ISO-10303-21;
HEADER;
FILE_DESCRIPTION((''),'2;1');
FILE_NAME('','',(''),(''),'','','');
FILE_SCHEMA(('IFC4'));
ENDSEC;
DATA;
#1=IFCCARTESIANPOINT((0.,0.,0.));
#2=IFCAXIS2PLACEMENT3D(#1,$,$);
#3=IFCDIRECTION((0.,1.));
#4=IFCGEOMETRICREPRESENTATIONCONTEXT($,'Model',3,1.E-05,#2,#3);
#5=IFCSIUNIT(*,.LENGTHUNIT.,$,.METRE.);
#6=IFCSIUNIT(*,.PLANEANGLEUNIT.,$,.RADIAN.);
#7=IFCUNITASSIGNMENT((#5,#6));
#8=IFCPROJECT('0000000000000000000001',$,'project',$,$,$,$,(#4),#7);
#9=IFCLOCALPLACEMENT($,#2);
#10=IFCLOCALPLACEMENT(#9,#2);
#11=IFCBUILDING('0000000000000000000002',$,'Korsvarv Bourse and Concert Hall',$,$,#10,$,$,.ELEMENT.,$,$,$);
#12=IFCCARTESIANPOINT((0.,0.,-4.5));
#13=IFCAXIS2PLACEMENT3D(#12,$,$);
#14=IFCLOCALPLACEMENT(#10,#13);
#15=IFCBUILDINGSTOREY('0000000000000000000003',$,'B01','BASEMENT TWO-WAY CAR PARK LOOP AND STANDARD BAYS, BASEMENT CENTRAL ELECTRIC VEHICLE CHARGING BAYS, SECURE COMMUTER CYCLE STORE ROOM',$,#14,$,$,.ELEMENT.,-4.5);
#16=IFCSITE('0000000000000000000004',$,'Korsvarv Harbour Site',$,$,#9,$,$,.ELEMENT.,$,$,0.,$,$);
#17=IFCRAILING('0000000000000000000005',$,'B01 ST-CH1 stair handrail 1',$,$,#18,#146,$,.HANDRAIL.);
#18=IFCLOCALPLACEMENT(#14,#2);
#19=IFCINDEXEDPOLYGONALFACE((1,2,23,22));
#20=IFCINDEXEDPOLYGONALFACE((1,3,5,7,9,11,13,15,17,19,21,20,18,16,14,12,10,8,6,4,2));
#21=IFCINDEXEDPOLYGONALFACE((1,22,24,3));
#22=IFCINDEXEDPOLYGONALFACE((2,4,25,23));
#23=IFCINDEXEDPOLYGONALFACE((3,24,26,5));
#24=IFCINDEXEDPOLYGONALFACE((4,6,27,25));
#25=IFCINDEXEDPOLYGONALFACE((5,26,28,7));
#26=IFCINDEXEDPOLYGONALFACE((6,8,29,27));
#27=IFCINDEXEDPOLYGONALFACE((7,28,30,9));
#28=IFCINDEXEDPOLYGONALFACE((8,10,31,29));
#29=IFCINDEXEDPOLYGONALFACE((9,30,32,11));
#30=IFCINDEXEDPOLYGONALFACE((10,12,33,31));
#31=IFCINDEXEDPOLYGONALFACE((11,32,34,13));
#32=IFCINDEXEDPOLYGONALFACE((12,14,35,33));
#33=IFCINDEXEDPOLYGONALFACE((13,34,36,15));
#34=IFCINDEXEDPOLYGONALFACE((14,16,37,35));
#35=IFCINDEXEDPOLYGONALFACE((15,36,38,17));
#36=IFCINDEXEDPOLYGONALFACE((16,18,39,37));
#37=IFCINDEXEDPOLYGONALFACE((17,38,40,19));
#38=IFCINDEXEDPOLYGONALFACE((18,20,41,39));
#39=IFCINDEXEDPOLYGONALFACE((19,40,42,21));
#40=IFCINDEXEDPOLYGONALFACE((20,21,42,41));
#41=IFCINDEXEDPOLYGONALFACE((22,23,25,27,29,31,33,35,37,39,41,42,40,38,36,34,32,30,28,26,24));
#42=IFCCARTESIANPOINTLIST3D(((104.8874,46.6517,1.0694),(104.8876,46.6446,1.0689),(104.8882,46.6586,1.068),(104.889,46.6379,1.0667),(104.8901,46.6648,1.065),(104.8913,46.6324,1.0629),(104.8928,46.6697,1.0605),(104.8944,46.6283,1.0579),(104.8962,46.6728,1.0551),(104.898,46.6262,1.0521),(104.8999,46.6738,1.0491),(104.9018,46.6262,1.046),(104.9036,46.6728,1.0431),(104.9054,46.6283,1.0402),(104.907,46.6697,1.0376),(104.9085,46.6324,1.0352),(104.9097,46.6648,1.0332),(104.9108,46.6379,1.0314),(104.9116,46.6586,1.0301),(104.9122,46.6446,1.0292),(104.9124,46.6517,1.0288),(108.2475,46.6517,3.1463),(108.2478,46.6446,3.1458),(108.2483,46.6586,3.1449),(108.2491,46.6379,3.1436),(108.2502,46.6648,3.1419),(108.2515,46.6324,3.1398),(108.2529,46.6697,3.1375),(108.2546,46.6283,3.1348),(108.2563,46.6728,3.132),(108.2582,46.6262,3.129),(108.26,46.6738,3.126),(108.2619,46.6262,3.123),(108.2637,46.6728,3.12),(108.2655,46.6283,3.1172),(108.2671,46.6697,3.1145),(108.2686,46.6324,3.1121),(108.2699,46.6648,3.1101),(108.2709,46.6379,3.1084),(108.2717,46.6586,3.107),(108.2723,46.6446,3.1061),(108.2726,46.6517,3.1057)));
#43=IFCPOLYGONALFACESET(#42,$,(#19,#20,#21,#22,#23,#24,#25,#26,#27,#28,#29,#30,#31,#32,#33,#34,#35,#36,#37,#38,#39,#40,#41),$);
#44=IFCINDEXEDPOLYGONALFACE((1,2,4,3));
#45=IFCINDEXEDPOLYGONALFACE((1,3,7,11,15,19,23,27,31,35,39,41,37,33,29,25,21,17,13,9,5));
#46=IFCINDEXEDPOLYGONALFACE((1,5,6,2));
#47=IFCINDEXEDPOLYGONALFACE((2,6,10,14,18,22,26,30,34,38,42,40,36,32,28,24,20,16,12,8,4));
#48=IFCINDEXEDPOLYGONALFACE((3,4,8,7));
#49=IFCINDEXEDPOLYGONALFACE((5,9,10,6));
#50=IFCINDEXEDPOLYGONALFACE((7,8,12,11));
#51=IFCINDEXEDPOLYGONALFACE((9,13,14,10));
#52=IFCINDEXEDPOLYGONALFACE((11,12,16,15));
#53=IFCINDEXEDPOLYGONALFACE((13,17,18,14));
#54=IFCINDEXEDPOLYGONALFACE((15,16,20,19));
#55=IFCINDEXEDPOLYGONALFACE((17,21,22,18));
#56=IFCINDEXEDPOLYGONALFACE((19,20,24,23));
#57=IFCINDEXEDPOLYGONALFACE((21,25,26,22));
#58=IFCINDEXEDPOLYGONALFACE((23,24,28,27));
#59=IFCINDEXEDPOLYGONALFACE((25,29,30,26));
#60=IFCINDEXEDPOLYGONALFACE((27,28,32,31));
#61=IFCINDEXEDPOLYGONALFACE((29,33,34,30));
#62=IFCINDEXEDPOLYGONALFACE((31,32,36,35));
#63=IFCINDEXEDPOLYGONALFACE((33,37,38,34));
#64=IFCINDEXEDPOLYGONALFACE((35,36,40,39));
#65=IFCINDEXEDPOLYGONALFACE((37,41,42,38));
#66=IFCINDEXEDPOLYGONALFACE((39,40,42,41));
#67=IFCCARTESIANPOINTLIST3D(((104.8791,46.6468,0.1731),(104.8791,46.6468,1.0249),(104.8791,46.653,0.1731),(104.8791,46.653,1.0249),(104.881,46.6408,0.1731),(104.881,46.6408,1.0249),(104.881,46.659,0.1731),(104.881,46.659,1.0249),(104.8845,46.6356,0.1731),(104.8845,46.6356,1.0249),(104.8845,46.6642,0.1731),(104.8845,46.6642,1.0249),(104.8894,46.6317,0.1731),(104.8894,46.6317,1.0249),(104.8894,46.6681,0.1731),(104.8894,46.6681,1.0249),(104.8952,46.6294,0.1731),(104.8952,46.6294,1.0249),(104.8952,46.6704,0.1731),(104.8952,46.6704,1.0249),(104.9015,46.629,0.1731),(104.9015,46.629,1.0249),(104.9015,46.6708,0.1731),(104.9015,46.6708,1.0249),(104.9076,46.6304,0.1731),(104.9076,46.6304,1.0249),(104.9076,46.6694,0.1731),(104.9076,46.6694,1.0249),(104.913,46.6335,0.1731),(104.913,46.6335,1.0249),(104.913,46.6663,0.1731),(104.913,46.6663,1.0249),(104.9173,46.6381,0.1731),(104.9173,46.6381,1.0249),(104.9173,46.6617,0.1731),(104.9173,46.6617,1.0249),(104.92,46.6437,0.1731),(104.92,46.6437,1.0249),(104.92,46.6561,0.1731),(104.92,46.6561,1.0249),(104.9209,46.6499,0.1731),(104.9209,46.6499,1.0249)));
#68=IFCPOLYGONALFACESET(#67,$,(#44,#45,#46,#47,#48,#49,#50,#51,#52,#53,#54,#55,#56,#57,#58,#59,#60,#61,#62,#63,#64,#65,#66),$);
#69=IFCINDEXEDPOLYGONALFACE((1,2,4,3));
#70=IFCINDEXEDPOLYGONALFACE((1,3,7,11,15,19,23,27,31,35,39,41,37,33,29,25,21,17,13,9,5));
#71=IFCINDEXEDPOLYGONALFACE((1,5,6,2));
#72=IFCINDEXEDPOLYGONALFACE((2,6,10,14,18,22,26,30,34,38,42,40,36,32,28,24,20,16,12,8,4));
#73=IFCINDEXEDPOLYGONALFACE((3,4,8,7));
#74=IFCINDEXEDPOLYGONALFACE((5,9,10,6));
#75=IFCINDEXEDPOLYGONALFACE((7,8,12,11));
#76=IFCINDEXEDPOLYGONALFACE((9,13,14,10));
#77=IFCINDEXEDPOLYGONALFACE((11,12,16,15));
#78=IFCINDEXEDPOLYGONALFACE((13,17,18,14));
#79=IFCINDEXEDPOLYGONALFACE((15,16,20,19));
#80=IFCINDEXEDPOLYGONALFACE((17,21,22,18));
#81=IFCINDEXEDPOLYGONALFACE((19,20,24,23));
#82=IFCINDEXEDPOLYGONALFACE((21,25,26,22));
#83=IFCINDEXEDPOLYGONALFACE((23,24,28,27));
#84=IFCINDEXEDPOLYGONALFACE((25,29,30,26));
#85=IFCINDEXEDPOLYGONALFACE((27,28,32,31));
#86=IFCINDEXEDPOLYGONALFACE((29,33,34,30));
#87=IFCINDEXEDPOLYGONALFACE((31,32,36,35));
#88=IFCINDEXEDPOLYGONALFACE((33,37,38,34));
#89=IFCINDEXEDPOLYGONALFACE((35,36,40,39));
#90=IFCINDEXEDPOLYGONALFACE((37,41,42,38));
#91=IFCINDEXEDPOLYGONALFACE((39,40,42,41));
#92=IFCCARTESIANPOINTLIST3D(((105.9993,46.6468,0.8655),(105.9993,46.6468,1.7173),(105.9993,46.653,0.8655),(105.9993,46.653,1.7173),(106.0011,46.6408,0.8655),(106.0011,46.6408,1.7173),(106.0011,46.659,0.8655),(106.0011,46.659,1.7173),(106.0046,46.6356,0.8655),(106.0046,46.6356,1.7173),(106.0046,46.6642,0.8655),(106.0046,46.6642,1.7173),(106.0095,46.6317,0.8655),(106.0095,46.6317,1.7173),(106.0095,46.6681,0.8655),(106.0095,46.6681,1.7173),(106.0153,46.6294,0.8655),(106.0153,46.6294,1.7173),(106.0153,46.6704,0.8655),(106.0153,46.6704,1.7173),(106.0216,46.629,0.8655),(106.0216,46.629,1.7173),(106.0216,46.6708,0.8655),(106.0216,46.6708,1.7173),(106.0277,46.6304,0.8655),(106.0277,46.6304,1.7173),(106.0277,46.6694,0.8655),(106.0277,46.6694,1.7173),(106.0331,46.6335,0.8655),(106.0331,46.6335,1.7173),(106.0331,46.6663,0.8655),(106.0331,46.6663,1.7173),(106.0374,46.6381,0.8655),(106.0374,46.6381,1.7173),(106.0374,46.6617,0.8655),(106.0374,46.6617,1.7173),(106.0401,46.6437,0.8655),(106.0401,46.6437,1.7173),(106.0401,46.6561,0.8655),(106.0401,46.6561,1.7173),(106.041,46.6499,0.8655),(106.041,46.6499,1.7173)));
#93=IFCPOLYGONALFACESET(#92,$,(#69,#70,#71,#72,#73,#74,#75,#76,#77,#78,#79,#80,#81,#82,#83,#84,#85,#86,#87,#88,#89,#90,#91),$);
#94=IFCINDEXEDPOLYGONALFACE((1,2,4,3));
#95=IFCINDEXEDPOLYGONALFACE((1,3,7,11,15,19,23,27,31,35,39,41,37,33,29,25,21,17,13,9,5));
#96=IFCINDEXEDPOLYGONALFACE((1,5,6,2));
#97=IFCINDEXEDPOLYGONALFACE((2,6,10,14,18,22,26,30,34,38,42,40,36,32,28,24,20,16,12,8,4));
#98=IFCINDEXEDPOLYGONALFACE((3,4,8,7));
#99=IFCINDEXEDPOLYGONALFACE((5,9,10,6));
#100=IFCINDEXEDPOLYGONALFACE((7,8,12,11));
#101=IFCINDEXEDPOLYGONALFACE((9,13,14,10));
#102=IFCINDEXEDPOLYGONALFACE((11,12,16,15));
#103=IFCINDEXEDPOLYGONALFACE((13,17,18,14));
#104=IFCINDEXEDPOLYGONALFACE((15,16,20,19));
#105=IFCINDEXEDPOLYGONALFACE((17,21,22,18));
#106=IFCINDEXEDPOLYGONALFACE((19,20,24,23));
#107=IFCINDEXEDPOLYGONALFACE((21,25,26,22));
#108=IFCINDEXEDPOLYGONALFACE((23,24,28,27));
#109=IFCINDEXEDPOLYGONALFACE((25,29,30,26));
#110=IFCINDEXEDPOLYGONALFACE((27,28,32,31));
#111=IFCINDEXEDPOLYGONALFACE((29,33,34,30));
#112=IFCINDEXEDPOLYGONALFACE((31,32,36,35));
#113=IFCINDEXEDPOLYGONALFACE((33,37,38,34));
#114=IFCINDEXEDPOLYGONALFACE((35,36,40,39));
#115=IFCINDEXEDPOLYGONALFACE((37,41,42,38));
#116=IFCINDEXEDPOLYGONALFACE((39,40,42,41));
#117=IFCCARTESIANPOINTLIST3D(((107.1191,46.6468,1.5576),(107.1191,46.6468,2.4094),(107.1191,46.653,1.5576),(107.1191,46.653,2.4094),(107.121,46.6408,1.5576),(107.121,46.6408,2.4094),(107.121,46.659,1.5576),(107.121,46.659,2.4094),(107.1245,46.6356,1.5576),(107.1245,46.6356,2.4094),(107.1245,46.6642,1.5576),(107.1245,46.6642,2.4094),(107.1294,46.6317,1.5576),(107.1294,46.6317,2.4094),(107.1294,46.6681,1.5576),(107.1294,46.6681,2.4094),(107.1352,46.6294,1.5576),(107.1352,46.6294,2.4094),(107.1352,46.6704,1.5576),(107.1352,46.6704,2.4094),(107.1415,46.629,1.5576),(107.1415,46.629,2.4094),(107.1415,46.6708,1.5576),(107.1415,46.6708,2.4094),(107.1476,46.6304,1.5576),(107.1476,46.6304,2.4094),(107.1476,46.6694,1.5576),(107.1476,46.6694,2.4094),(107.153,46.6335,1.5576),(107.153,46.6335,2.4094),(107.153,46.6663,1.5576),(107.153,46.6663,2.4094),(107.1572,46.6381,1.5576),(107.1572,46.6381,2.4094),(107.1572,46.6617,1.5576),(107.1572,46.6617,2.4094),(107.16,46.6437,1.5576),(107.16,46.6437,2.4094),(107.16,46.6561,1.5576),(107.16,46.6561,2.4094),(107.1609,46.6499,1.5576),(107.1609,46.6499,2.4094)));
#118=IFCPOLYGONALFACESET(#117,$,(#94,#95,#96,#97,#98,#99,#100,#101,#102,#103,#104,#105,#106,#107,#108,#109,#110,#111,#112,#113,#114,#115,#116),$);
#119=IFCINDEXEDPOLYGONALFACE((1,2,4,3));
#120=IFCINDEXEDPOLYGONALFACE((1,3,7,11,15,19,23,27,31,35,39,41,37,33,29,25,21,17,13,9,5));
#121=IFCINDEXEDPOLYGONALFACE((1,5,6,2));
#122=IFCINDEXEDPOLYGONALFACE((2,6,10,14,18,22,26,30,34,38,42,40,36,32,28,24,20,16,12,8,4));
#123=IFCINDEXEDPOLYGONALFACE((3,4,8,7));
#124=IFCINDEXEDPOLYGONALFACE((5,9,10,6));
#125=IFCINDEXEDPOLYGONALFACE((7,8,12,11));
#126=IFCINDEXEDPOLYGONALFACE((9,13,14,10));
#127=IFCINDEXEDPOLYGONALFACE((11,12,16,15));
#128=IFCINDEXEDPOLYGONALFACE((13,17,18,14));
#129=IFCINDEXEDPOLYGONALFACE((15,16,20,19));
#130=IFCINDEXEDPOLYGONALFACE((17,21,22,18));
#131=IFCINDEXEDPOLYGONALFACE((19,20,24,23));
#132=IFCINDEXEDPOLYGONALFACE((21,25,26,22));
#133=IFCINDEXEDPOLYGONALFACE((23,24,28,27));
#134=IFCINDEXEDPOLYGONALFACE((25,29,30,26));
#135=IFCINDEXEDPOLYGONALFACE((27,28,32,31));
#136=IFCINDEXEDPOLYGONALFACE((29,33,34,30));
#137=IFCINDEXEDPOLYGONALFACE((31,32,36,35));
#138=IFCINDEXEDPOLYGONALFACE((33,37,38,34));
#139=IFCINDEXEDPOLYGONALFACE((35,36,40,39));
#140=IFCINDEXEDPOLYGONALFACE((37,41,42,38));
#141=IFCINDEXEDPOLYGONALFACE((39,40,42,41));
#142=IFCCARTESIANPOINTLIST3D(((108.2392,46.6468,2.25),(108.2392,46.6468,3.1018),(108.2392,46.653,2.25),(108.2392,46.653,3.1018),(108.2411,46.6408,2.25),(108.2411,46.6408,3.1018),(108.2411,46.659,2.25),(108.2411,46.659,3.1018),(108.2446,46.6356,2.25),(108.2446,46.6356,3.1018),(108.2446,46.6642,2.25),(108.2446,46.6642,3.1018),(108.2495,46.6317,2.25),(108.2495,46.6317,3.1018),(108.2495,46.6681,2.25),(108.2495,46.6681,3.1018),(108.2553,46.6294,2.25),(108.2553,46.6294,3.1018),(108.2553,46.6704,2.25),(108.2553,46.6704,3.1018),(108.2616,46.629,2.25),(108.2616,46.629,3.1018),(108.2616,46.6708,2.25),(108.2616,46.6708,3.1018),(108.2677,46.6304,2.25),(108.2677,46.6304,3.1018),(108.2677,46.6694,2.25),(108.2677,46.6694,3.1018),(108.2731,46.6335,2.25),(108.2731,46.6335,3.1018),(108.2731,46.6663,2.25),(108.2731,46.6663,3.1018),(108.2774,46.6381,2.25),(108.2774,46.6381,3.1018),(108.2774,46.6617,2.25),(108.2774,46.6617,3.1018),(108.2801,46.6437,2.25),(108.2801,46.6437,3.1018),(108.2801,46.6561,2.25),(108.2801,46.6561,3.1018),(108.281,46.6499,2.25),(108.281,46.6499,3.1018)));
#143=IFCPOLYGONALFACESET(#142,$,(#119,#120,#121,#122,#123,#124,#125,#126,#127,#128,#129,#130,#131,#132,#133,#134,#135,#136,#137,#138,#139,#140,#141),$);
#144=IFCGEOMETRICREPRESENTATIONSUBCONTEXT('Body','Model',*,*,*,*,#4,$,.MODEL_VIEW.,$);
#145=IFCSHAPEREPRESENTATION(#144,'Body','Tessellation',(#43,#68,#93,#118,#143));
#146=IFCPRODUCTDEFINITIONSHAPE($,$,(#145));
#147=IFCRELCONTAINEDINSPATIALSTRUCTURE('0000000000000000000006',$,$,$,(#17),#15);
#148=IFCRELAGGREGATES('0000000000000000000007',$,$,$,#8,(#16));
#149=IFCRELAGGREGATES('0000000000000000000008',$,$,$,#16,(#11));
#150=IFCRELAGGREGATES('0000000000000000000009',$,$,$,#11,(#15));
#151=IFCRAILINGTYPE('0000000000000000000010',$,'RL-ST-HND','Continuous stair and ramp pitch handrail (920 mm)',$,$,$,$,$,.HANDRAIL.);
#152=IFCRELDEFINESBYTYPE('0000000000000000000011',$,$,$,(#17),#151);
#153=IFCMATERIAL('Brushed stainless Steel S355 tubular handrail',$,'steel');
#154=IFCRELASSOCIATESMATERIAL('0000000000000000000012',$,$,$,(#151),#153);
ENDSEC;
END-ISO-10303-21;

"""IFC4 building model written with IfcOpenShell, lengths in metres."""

from ifc_helpers import new_model, si_unit, direction, frame, origin, origin_2d, place, context, subcontext, project, spatial, circle, extrude, material, type_object, element, save


model = new_model("IFC4")

# Units and contexts
model_context = context("Model", 3, precision=1e-05, world=origin(), true_north=direction((0.0, 1.0)))
body_context = subcontext(model_context, "Body", "Model", "MODEL_VIEW")
ifc_project = project(units=[si_unit("LENGTHUNIT", "METRE"), si_unit("PLANEANGLEUNIT", "RADIAN")], contexts=[model_context])

# Site, building, storey
site_placement = place(None, origin())
site = spatial("IfcSite", under=ifc_project, at=site_placement, Name="Korsvarv Harbour Site", CompositionType="ELEMENT", RefElevation=0.0)
building_placement = place(site_placement, origin())
building = spatial("IfcBuilding", under=site, at=building_placement, Name="Korsvarv Bourse and Concert Hall", CompositionType="ELEMENT")
storey_placement = place(building_placement, frame((0.0, 0.0, -4.5)))
storey = spatial("IfcBuildingStorey", under=building, at=storey_placement, Name="B01", Description="BASEMENT TWO-WAY CAR PARK LOOP AND STANDARD BAYS, BASEMENT CENTRAL ELECTRIC VEHICLE CHARGING BAYS, SECURE COMMUTER CYCLE STORE ROOM", CompositionType="ELEMENT", Elevation=-4.5)

# Railing
ifc_material_1 = material(Name="Brushed stainless Steel S355 tubular handrail", Category="steel")
railing_type_1 = type_object("IfcRailingType", Name="RL-ST-HND", Description="Continuous stair and ramp pitch handrail (920 mm)", PredefinedType="HANDRAIL", material=ifc_material_1)
railing_1_placement = place(storey_placement, frame((104.8999, 46.6499, 0.1731)))
element("IfcRailing", 1, at=railing_1_placement, inside=storey, type_object=railing_type_1, Name="B01 ST-CH1 stair handrail 1", PredefinedType="HANDRAIL", context=body_context, shape_type="SweptSolid", body=[
    extrude(circle(Radius=0.0239, at=origin_2d()), frame((0.0, 0.0, 0.876), z_axis=(0.850623, 0.0, 0.525776), x_axis=(0.0, 1.0, 0.0)), (0.0, 0.0, 1.0), 3.9502),
    extrude(circle(Radius=0.021, at=origin_2d()), origin(), (0.0, 0.0, 1.0), 0.8518),
    extrude(circle(Radius=0.021, at=origin_2d()), frame((1.1201, 0.0, 0.6924)), (0.0, 0.0, 1.0), 0.8518),
    extrude(circle(Radius=0.021, at=origin_2d()), frame((2.24, 0.0, 1.3845)), (0.0, 0.0, 1.0), 0.8518),
    extrude(circle(Radius=0.021, at=origin_2d()), frame((3.3601, 0.0, 2.0769)), (0.0, 0.0, 1.0), 0.8518),
])

save(model, "model.ifc")
